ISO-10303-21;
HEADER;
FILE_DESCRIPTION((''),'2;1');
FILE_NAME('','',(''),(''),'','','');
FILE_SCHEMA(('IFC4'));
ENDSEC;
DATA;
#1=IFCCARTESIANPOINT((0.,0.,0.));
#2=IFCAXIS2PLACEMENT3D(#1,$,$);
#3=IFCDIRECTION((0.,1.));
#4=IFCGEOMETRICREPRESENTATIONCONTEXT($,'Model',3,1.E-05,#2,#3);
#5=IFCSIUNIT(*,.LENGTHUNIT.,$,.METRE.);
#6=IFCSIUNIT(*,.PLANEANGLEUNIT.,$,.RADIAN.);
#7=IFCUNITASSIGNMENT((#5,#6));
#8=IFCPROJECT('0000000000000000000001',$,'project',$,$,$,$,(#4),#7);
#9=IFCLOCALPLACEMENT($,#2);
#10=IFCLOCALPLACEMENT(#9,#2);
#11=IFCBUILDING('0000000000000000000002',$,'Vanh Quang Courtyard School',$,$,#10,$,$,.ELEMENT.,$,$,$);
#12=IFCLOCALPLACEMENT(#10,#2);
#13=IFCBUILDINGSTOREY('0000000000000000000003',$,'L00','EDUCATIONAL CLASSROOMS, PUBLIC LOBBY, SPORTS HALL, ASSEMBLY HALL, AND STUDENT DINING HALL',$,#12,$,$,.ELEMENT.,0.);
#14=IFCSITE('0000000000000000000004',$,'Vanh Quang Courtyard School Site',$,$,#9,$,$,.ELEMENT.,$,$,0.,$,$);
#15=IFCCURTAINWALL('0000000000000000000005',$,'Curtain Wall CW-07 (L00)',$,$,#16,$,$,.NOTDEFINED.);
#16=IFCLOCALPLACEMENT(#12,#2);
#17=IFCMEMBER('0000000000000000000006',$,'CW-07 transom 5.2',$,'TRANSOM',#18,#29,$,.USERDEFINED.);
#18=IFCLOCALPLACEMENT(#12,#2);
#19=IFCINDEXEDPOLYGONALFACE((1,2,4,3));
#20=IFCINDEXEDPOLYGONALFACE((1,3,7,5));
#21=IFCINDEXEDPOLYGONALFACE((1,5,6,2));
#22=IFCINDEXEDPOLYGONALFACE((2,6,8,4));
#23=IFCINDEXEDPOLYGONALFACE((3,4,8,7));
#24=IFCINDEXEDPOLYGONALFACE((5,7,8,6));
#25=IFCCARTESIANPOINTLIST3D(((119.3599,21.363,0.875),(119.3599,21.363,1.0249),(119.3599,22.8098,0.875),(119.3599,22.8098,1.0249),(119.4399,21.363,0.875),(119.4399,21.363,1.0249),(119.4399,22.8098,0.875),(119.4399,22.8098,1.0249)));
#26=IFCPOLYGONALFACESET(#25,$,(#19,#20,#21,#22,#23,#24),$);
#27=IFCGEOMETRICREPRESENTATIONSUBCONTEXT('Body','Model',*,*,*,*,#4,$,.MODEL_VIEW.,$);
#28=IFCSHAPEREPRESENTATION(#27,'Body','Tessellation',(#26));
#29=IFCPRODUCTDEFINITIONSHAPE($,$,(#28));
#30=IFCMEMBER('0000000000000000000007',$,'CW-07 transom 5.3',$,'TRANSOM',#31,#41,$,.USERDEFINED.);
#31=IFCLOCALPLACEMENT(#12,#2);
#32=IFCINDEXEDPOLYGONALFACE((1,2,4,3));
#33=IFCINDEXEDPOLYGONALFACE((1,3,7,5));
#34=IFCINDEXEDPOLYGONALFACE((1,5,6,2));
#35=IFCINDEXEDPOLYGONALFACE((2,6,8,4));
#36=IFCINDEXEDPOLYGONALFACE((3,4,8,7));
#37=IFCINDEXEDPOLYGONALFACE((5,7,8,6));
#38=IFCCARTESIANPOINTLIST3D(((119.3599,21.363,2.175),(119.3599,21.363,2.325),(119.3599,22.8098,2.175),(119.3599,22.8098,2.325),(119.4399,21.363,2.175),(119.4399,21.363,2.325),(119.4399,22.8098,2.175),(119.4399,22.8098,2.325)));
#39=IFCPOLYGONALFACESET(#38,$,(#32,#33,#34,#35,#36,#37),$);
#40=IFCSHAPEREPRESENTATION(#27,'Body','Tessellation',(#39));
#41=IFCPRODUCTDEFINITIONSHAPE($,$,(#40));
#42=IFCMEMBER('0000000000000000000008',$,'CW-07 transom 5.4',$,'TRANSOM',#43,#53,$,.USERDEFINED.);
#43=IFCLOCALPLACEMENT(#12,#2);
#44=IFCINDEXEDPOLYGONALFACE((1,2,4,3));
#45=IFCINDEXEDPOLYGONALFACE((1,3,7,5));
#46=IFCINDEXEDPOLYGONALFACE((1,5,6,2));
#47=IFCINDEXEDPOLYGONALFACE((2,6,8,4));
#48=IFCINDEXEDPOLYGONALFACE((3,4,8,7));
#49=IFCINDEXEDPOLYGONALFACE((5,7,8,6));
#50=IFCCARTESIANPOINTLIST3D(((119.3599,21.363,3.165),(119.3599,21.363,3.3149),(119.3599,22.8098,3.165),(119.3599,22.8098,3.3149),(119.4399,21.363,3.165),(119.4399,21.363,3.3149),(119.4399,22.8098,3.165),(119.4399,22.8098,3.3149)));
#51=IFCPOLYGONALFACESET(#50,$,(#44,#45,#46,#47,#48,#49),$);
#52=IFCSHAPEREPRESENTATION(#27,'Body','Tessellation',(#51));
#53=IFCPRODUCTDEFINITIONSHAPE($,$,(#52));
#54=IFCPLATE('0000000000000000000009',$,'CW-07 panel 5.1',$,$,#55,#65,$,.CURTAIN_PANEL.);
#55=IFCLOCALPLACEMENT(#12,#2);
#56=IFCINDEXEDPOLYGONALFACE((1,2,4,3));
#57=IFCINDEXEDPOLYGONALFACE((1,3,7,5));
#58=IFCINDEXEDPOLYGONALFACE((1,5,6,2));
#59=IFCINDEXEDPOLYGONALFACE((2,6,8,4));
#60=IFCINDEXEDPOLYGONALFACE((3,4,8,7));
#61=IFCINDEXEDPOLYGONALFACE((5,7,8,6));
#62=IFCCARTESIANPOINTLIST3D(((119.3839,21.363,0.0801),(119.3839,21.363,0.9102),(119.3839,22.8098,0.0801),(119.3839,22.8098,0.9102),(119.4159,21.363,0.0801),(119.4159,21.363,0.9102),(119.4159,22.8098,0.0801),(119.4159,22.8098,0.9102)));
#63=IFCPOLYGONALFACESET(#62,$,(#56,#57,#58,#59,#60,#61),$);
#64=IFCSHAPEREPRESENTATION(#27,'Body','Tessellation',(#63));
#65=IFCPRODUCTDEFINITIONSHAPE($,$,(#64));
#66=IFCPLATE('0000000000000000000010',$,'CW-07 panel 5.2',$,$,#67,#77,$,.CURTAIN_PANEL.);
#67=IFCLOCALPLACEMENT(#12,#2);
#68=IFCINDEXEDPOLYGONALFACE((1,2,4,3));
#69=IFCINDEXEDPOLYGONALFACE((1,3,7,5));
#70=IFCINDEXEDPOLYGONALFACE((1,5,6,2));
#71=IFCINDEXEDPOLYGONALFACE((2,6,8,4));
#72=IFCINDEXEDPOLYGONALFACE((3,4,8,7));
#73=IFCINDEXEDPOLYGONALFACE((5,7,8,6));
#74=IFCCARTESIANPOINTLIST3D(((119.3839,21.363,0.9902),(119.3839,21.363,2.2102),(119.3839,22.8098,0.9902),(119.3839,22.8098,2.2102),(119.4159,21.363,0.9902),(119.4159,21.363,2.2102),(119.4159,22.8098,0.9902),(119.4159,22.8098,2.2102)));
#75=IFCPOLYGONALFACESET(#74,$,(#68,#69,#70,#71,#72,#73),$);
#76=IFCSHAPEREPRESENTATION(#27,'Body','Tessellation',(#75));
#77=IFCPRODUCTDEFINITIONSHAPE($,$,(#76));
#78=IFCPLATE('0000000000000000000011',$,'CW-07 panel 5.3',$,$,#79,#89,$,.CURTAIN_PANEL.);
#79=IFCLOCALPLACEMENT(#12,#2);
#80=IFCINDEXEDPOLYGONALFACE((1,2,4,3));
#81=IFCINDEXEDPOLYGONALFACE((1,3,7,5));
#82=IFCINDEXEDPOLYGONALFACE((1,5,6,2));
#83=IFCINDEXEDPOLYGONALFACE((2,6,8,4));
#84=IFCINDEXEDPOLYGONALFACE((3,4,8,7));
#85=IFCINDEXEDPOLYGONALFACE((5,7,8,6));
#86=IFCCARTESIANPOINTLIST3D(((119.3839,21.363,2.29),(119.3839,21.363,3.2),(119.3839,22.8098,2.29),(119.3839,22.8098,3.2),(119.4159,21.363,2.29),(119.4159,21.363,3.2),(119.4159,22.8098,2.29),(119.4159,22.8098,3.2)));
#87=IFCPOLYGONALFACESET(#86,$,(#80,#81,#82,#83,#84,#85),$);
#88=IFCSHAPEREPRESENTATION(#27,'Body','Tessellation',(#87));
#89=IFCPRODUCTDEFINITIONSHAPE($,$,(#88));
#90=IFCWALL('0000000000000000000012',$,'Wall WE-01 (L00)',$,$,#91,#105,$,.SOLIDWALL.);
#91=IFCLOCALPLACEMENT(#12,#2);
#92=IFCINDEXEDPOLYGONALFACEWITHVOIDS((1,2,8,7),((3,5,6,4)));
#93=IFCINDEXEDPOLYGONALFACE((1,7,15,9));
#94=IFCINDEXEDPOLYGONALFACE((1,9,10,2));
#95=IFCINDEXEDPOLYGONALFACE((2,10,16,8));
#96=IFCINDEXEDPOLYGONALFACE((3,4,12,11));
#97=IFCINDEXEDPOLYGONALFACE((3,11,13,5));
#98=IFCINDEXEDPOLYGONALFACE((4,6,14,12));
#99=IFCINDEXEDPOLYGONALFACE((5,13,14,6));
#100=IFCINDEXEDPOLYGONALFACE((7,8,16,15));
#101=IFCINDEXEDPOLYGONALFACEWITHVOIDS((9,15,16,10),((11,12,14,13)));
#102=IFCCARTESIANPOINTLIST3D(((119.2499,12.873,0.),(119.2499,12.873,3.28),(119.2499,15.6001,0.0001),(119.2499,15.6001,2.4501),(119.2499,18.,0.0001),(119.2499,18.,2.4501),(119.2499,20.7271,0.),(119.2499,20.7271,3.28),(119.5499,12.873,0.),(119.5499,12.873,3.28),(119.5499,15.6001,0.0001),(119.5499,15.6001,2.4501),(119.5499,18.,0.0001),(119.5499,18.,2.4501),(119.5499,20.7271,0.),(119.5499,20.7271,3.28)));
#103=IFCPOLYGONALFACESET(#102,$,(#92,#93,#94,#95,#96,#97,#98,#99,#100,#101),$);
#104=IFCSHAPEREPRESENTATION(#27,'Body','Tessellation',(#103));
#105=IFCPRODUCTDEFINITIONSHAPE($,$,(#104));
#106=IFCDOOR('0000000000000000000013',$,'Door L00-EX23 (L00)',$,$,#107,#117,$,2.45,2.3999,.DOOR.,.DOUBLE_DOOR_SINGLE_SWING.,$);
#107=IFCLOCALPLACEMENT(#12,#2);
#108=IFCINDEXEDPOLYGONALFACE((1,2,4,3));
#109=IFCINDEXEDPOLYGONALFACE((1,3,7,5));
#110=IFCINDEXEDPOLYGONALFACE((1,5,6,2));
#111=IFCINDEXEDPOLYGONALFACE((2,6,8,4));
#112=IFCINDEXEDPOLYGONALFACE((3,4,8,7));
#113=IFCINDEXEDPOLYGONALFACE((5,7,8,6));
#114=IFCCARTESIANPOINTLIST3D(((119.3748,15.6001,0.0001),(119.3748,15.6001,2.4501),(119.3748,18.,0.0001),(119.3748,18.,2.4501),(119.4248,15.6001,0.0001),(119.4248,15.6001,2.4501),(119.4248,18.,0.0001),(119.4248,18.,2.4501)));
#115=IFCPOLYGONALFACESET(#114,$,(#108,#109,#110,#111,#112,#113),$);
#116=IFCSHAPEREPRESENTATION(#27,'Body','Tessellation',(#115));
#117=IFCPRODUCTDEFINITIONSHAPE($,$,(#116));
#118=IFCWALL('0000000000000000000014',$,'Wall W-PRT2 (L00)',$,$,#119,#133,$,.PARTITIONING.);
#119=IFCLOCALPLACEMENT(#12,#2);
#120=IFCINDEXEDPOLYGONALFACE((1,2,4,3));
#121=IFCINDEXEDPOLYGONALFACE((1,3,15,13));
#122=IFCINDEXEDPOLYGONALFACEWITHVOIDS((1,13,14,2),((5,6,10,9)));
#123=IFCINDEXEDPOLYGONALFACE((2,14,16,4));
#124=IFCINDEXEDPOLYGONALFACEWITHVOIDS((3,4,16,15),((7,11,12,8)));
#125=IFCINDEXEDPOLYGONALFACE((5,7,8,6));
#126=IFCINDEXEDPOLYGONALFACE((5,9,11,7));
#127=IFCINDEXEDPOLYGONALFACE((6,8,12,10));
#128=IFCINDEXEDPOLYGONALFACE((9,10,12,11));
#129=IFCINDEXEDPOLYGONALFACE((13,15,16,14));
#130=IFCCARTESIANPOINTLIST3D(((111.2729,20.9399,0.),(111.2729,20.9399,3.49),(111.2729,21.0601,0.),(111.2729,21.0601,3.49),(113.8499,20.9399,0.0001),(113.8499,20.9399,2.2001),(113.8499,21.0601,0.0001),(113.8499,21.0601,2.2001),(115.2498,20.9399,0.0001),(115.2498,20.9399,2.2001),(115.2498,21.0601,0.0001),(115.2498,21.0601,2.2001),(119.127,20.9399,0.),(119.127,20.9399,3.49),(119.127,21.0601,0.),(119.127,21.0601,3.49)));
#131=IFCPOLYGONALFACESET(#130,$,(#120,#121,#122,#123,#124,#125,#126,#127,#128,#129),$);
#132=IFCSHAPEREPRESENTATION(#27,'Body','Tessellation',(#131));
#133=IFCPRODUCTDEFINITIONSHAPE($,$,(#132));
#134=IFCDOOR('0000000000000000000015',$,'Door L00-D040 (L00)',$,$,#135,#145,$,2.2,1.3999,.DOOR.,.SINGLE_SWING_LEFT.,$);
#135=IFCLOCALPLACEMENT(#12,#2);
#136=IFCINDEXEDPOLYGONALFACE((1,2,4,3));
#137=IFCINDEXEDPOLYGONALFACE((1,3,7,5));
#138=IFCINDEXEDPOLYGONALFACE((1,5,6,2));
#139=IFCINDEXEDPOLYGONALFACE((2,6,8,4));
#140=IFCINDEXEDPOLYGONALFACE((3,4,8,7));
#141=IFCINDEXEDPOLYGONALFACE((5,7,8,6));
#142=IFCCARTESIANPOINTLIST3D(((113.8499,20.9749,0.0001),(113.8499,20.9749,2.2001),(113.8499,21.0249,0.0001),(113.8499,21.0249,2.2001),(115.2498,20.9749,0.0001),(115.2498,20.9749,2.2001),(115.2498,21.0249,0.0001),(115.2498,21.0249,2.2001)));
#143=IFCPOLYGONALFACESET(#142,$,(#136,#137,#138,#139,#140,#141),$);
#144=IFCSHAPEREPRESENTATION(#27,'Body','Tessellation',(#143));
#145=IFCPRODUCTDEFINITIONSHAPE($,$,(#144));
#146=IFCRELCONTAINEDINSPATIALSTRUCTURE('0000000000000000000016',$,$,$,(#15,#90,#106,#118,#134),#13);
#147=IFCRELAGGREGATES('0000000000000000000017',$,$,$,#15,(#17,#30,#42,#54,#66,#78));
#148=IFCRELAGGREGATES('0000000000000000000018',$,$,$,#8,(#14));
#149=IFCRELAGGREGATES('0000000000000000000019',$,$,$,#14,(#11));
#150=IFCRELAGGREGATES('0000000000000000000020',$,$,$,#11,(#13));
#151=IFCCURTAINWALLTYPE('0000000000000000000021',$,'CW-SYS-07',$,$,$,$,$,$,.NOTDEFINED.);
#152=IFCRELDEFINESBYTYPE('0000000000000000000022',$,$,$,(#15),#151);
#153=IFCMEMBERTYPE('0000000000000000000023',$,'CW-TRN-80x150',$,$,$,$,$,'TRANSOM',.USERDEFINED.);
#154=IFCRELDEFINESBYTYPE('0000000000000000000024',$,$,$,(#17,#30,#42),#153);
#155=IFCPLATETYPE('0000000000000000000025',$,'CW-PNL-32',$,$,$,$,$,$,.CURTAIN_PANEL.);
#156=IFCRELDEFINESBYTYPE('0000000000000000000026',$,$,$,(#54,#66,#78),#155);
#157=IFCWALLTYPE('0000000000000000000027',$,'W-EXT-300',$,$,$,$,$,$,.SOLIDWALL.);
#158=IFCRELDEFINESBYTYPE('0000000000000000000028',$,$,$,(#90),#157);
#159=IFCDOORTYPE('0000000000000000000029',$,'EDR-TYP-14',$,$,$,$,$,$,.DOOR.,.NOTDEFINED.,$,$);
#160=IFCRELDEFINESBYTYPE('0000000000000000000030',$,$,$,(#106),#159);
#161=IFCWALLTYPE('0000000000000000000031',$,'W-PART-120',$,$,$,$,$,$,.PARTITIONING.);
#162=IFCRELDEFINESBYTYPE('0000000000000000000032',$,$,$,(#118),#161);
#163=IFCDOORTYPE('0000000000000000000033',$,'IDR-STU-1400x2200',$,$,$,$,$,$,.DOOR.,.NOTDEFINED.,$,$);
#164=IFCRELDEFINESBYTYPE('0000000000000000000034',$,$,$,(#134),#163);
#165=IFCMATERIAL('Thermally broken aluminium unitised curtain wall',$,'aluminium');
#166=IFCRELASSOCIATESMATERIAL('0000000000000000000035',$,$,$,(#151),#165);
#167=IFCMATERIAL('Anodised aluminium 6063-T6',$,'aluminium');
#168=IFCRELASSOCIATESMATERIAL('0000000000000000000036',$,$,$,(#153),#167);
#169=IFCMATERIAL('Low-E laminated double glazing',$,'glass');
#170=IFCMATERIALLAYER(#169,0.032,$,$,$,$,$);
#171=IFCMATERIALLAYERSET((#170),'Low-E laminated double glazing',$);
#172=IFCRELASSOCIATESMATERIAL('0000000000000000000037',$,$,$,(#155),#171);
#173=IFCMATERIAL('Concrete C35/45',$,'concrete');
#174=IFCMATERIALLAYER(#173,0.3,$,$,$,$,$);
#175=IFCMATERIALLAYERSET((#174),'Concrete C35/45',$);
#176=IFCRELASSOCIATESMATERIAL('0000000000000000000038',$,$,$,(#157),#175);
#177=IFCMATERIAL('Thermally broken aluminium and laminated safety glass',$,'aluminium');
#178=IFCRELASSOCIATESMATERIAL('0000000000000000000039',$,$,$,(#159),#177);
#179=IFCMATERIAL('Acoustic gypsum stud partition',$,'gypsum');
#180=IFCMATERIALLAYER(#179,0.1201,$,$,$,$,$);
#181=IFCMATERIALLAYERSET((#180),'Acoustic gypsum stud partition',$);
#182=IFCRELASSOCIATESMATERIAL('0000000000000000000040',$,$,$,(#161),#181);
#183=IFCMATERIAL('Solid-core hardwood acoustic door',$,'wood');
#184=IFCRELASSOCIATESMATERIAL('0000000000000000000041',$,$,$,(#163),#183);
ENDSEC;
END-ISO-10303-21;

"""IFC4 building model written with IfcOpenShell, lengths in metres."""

from ifc_helpers import new_model, si_unit, direction, frame, frame_2d, origin, origin_2d, place, context, subcontext, project, spatial, rectangle, extrude, material, layer, layer_set, material_profile, profile_set, type_object, element, fill, aggregate, save


model = new_model("IFC4")

# Units and contexts
model_context = context("Model", 3, precision=1e-05, world=origin(), true_north=direction((0.0, 1.0)))
body_context = subcontext(model_context, "Body", "Model", "MODEL_VIEW")
ifc_project = project(units=[si_unit("LENGTHUNIT", "METRE"), si_unit("PLANEANGLEUNIT", "RADIAN")], contexts=[model_context])

# Site, building, storey
site_placement = place(None, origin())
site = spatial("IfcSite", under=ifc_project, at=site_placement, Name="Vanh Quang Courtyard School Site", CompositionType="ELEMENT", RefElevation=0.0)
building_placement = place(site_placement, origin())
building = spatial("IfcBuilding", under=site, at=building_placement, Name="Vanh Quang Courtyard School", CompositionType="ELEMENT")
storey_placement = place(building_placement, origin())
storey = spatial("IfcBuildingStorey", under=building, at=storey_placement, Name="L00", Description="EDUCATIONAL CLASSROOMS, PUBLIC LOBBY, SPORTS HALL, ASSEMBLY HALL, AND STUDENT DINING HALL", CompositionType="ELEMENT", Elevation=0.0)

# Shared definitions
ifc_material_1 = material(Name="Concrete C35/45", Category="concrete")

# Curtain wall, members, plates
ifc_material_2 = material(Name="Thermally broken aluminium unitised curtain wall", Category="aluminium")
curtain_wall_type = type_object("IfcCurtainWallType", Name="CW-SYS-07", PredefinedType="NOTDEFINED", material=ifc_material_2)
curtain_wall_placement = place(storey_placement, origin())
curtain_wall = element("IfcCurtainWall", 1, at=curtain_wall_placement, inside=storey, type_object=curtain_wall_type, Name="Curtain Wall CW-07 (L00)", PredefinedType="NOTDEFINED")
ifc_material_3 = material(Name="Anodised aluminium 6063-T6", Category="aluminium")
ifc_material_profile_1 = material_profile(ifc_material_3, rectangle(XDim=0.0801, YDim=0.1499, at=origin_2d()), Name="ALU-TRN 80x150")
ifc_profile_set_1 = profile_set([ifc_material_profile_1], Name="Anodised aluminium 6063-T6")
member_type_1 = type_object("IfcMemberType", Name="CW-TRN-80x150", ElementType="TRANSOM", PredefinedType="USERDEFINED", material=ifc_profile_set_1)
member_1_placement = place(storey_placement, frame((119.3999, 22.8098, 0.95), z_axis=(0.0, -1.0, 0.0), x_axis=(1.0, 0.0, 0.0)))
member_1 = element("IfcMember", 2, at=member_1_placement, type_object=member_type_1, Name="CW-07 transom 5.2", ObjectType="TRANSOM", PredefinedType="USERDEFINED", context=body_context, shape_type="SweptSolid", body=[
    extrude(rectangle(XDim=0.0801, YDim=0.1499, at=origin_2d()), origin(), (0.0, 0.0, 1.0), 1.4468),
])
member_2_placement = place(storey_placement, frame((119.3999, 22.8098, 2.25), z_axis=(0.0, -1.0, 0.0), x_axis=(1.0, 0.0, 0.0)))
member_2 = element("IfcMember", 3, at=member_2_placement, type_object=member_type_1, Name="CW-07 transom 5.3", ObjectType="TRANSOM", PredefinedType="USERDEFINED", context=body_context, shape_type="SweptSolid", body=[
    extrude(rectangle(XDim=0.0801, YDim=0.1499, at=origin_2d()), origin(), (0.0, 0.0, 1.0), 1.4468),
])
member_3_placement = place(storey_placement, frame((119.3999, 22.8098, 3.24), z_axis=(0.0, -1.0, 0.0), x_axis=(1.0, 0.0, 0.0)))
member_3 = element("IfcMember", 4, at=member_3_placement, type_object=member_type_1, Name="CW-07 transom 5.4", ObjectType="TRANSOM", PredefinedType="USERDEFINED", context=body_context, shape_type="SweptSolid", body=[
    extrude(rectangle(XDim=0.0801, YDim=0.1499, at=origin_2d()), origin(), (0.0, 0.0, 1.0), 1.4468),
])
ifc_material_4 = material(Name="Low-E laminated double glazing", Category="glass")
ifc_layer_1 = layer(ifc_material_4, 0.032)
ifc_layer_set_1 = layer_set([ifc_layer_1], Name="Low-E laminated double glazing")
plate_type = type_object("IfcPlateType", Name="CW-PNL-32", PredefinedType="CURTAIN_PANEL", material=ifc_layer_set_1)
plate_1_placement = place(storey_placement, frame((119.3999, 22.0864, 0.0801), z_axis=(0.0, 0.0, 1.0), x_axis=(0.0, -1.0, 0.0)))
plate_1 = element("IfcPlate", 5, at=plate_1_placement, type_object=plate_type, Name="CW-07 panel 5.1", PredefinedType="CURTAIN_PANEL", context=body_context, shape_type="SweptSolid", body=[
    extrude(rectangle(XDim=1.4468, YDim=0.032, at=origin_2d()), origin(), (0.0, 0.0, 1.0), 0.8301),
])
plate_2_placement = place(storey_placement, frame((119.3999, 22.0864, 0.9902), z_axis=(0.0, 0.0, 1.0), x_axis=(0.0, -1.0, 0.0)))
plate_2 = element("IfcPlate", 6, at=plate_2_placement, type_object=plate_type, Name="CW-07 panel 5.2", PredefinedType="CURTAIN_PANEL", context=body_context, shape_type="SweptSolid", body=[
    extrude(rectangle(XDim=1.4468, YDim=0.032, at=origin_2d()), origin(), (0.0, 0.0, 1.0), 1.22),
])
plate_3_placement = place(storey_placement, frame((119.3999, 22.0864, 2.29), z_axis=(0.0, 0.0, 1.0), x_axis=(0.0, -1.0, 0.0)))
plate_3 = element("IfcPlate", 7, at=plate_3_placement, type_object=plate_type, Name="CW-07 panel 5.3", PredefinedType="CURTAIN_PANEL", context=body_context, shape_type="SweptSolid", body=[
    extrude(rectangle(XDim=1.4468, YDim=0.032, at=origin_2d()), origin(), (0.0, 0.0, 1.0), 0.9099),
])
aggregate(curtain_wall, [member_1, member_2, member_3, plate_1, plate_2, plate_3])

# Walls, openings, doors
ifc_layer_2 = layer(ifc_material_1, 0.3)
ifc_layer_set_2 = layer_set([ifc_layer_2], Name="Concrete C35/45")
wall_type_1 = type_object("IfcWallType", Name="W-EXT-300", PredefinedType="SOLIDWALL", material=ifc_layer_set_2)
wall_1_placement = place(storey_placement, frame((119.3999, 20.7271, 0.0), z_axis=(0.0, 0.0, 1.0), x_axis=(0.0, -1.0, 0.0)))
wall_1 = element("IfcWall", 8, at=wall_1_placement, inside=storey, type_object=wall_type_1, Name="Wall WE-01 (L00)", PredefinedType="SOLIDWALL", context=body_context, shape_type="SweptSolid", body=[
    extrude(rectangle(XDim=7.854, YDim=0.3, at=frame_2d((3.927, 0.0))), origin(), (0.0, 0.0, 1.0), 3.28),
])
opening_1_placement = place(wall_1_placement, frame((2.7271, 0.0, 0.0)))
opening_1 = element("IfcOpeningElement", 9, at=opening_1_placement, cuts=wall_1, PredefinedType="OPENING", context=body_context, shape_type="SweptSolid", body=[
    extrude(rectangle(XDim=2.3999, YDim=2.45, at=frame_2d((1.2, 1.2251))), frame((0.0, 0.1602, 0.0), z_axis=(0.0, -1.0, 0.0), x_axis=(1.0, 0.0, 0.0)), (0.0, 0.0, 1.0), 0.3201),
])
ifc_material_5 = material(Name="Thermally broken aluminium and laminated safety glass", Category="aluminium")
door_type_1 = type_object("IfcDoorType", Name="EDR-TYP-14", OperationType="NOTDEFINED", PredefinedType="DOOR", material=ifc_material_5)
door_1_placement = place(opening_1_placement, origin())
door_1 = element("IfcDoor", 10, at=door_1_placement, inside=storey, type_object=door_type_1, Name="Door L00-EX23 (L00)", OperationType="DOUBLE_DOOR_SINGLE_SWING", OverallHeight=2.45, OverallWidth=2.3999, PredefinedType="DOOR", context=body_context, shape_type="SweptSolid", body=[
    extrude(rectangle(XDim=2.3999, YDim=2.45, at=frame_2d((1.2, 1.2251))), frame((0.0, 0.0249, 0.0), z_axis=(0.0, -1.0, 0.0), x_axis=(1.0, 0.0, 0.0)), (0.0, 0.0, 1.0), 0.05),
])
fill(opening_1, door_1)
ifc_material_6 = material(Name="Acoustic gypsum stud partition", Category="gypsum")
ifc_layer_3 = layer(ifc_material_6, 0.1201)
ifc_layer_set_3 = layer_set([ifc_layer_3], Name="Acoustic gypsum stud partition")
wall_type_2 = type_object("IfcWallType", Name="W-PART-120", PredefinedType="PARTITIONING", material=ifc_layer_set_3)
wall_2_placement = place(storey_placement, frame((111.2729, 21.0, 0.0), z_axis=(0.0, 0.0, 1.0), x_axis=(1.0, 0.0, 0.0)))
wall_2 = element("IfcWall", 11, at=wall_2_placement, inside=storey, type_object=wall_type_2, Name="Wall W-PRT2 (L00)", PredefinedType="PARTITIONING", context=body_context, shape_type="SweptSolid", body=[
    extrude(rectangle(XDim=7.854, YDim=0.1201, at=frame_2d((3.927, 0.0))), origin(), (0.0, 0.0, 1.0), 3.49),
])
opening_2_placement = place(wall_2_placement, frame((2.5769, 0.0, 0.0)))
opening_2 = element("IfcOpeningElement", 12, at=opening_2_placement, cuts=wall_2, PredefinedType="OPENING", context=body_context, shape_type="SweptSolid", body=[
    extrude(rectangle(XDim=1.3999, YDim=2.2, at=frame_2d((0.7, 1.1001))), frame((0.0, 0.0701, 0.0), z_axis=(0.0, -1.0, 0.0), x_axis=(1.0, 0.0, 0.0)), (0.0, 0.0, 1.0), 0.1401),
])
ifc_material_7 = material(Name="Solid-core hardwood acoustic door", Category="wood")
door_type_2 = type_object("IfcDoorType", Name="IDR-STU-1400x2200", OperationType="NOTDEFINED", PredefinedType="DOOR", material=ifc_material_7)
door_2_placement = place(opening_2_placement, origin())
door_2 = element("IfcDoor", 13, at=door_2_placement, inside=storey, type_object=door_type_2, Name="Door L00-D040 (L00)", OperationType="SINGLE_SWING_LEFT", OverallHeight=2.2, OverallWidth=1.3999, PredefinedType="DOOR", context=body_context, shape_type="SweptSolid", body=[
    extrude(rectangle(XDim=1.3999, YDim=2.2, at=frame_2d((0.7, 1.1001))), frame((0.0, 0.0249, 0.0), z_axis=(0.0, -1.0, 0.0), x_axis=(1.0, 0.0, 0.0)), (0.0, 0.0, 1.0), 0.05),
])
fill(opening_2, door_2)

save(model, "model.ifc")
